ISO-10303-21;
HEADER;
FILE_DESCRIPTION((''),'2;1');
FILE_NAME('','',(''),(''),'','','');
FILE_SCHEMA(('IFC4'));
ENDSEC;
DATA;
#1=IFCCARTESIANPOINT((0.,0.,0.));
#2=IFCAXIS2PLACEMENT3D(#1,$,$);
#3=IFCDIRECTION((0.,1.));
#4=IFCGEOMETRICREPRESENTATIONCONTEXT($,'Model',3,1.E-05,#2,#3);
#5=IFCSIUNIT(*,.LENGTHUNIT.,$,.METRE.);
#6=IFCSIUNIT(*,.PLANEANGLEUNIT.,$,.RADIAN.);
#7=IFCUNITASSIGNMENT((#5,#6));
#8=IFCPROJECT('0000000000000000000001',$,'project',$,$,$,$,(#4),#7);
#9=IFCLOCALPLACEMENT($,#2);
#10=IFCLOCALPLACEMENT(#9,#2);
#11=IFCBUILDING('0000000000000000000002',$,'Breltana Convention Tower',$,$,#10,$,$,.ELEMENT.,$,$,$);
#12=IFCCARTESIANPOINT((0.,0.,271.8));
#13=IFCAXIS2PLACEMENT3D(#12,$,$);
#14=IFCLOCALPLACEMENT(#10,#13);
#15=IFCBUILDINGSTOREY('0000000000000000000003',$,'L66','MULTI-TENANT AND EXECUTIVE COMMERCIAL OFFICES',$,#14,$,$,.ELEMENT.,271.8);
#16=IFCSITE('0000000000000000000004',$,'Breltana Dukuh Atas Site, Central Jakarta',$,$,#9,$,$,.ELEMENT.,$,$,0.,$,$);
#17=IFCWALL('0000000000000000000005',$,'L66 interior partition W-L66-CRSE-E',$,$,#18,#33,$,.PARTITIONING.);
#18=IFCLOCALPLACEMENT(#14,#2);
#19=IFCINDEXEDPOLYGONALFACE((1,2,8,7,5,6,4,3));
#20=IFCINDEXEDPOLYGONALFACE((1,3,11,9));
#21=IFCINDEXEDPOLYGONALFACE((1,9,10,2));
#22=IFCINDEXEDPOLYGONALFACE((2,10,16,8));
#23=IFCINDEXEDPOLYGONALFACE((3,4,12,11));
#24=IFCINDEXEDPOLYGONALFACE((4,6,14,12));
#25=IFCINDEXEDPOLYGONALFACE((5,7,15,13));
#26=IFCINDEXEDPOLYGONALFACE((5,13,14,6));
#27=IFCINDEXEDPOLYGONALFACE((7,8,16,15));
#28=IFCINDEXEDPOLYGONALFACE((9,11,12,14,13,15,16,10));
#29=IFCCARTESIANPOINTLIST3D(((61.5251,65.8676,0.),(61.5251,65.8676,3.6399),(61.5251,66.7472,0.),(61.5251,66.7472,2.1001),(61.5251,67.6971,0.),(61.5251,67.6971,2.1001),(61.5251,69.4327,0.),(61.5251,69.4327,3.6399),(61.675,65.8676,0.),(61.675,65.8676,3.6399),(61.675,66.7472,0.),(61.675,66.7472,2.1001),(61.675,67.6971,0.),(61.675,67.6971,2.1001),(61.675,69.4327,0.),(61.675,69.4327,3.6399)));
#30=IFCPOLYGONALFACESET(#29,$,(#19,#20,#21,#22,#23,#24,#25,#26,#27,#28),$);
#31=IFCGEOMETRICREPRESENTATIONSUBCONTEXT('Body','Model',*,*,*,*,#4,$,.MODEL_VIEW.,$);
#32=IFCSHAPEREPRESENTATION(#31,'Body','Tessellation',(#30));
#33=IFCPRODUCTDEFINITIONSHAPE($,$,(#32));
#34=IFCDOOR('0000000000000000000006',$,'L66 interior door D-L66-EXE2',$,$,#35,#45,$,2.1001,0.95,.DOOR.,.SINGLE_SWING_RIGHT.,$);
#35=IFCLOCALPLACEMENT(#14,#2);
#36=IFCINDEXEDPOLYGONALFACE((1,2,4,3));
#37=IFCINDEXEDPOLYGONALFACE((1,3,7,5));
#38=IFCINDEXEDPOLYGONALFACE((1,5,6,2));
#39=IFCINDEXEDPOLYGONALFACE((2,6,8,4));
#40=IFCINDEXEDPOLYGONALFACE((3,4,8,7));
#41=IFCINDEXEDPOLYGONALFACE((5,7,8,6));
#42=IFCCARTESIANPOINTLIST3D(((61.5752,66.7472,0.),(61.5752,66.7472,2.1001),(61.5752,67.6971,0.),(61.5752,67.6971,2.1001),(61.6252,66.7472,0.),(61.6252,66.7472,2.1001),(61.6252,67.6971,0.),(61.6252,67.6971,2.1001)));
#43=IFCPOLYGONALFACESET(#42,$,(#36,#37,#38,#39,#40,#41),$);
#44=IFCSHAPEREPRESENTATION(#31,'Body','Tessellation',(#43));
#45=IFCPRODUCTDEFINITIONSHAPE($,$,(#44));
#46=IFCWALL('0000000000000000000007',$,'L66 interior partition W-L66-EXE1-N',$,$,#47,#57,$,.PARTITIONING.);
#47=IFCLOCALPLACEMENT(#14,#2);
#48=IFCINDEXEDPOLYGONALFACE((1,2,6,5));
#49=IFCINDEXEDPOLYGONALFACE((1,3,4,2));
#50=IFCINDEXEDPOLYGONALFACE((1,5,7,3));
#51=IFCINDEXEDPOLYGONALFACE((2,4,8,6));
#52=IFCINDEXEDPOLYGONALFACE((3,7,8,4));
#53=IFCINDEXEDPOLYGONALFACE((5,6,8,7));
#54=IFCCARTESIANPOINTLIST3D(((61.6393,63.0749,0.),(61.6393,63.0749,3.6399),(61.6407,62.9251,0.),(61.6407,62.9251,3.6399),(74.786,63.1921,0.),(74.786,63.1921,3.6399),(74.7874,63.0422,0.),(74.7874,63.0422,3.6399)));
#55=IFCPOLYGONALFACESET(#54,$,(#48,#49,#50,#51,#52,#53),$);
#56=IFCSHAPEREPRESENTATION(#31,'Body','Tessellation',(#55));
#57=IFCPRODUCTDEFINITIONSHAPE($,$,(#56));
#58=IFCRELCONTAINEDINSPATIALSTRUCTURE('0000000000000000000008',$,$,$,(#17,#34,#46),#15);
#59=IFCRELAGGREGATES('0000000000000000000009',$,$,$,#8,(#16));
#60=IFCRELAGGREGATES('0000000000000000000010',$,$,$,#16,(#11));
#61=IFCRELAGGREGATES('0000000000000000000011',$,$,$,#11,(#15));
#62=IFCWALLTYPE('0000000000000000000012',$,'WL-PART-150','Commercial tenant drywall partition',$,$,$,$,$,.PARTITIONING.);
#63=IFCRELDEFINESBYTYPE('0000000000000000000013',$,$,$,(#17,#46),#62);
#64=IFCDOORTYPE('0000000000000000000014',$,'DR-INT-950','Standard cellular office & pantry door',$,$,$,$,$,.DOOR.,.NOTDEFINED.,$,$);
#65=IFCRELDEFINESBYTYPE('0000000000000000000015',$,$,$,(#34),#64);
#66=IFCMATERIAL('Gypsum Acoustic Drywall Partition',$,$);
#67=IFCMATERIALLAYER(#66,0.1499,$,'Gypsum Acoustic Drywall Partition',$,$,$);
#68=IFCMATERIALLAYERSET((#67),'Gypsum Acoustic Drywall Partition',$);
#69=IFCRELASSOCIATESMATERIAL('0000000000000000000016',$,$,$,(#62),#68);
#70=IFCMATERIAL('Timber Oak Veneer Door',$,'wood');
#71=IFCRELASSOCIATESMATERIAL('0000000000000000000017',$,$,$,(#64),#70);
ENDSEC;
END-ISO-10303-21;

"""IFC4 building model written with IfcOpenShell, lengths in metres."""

from ifc_helpers import new_model, si_unit, direction, frame, frame_2d, origin, place, context, subcontext, project, spatial, rectangle, extrude, source, transform, mapped, material, layer, layer_set, type_object, type_shapes, element, fill, save


model = new_model("IFC4")

# Units and contexts
model_context = context("Model", 3, precision=1e-05, world=origin(), true_north=direction((0.0, 1.0)))
body_context = subcontext(model_context, "Body", "Model", "MODEL_VIEW")
ifc_project = project(units=[si_unit("LENGTHUNIT", "METRE"), si_unit("PLANEANGLEUNIT", "RADIAN")], contexts=[model_context])

# Site, building, storey
site_placement = place(None, origin())
site = spatial("IfcSite", under=ifc_project, at=site_placement, Name="Breltana Dukuh Atas Site, Central Jakarta", CompositionType="ELEMENT", RefElevation=0.0)
building_placement = place(site_placement, origin())
building = spatial("IfcBuilding", under=site, at=building_placement, Name="Breltana Convention Tower", CompositionType="ELEMENT")
storey_placement = place(building_placement, frame((0.0, 0.0, 271.8)))
storey = spatial("IfcBuildingStorey", under=building, at=storey_placement, Name="L66", Description="MULTI-TENANT AND EXECUTIVE COMMERCIAL OFFICES", CompositionType="ELEMENT", Elevation=271.8)

# Shared definitions
ifc_material_1 = material(Name="Gypsum Acoustic Drywall Partition")
ifc_layer_1 = layer(ifc_material_1, 0.1499, Name="Gypsum Acoustic Drywall Partition")
ifc_layer_set_1 = layer_set([ifc_layer_1], Name="Gypsum Acoustic Drywall Partition")
wall_type_1 = type_object("IfcWallType", Name="WL-PART-150", Description="Commercial tenant drywall partition", PredefinedType="PARTITIONING", material=ifc_layer_set_1)

# Wall, opening, door
shared_shape_1 = source(origin(), body_context, "Body", "SweptSolid", [
    extrude(rectangle(XDim=3.5652, YDim=0.1499, at=frame_2d((1.7827, 0.0))), origin(), (0.0, 0.0, 1.0), 3.6399),
])
wall_1_placement = place(storey_placement, frame((61.6001, 65.8674, 0.0), z_axis=(0.0, 0.0, 1.0), x_axis=(0.0, 1.0, 0.0)))
wall_1 = element("IfcWall", 1, at=wall_1_placement, inside=storey, type_object=wall_type_1, Name="L66 interior partition W-L66-CRSE-E", PredefinedType="PARTITIONING", context=body_context, shape_type="MappedRepresentation", body=[
    mapped(shared_shape_1, transform((0.0, 0.0, 0.0), scale=1.0)),
])
opening_1_placement = place(wall_1_placement, frame((0.8796, 0.0, 0.0)))
opening_1 = element("IfcOpeningElement", 2, at=opening_1_placement, cuts=wall_1, PredefinedType="OPENING", context=body_context, shape_type="SweptSolid", body=[
    extrude(rectangle(XDim=0.95, YDim=2.1001, at=frame_2d((0.4751, 1.05))), frame((0.0, 0.085, 0.0), z_axis=(0.0, -1.0, 0.0), x_axis=(1.0, 0.0, 0.0)), (0.0, 0.0, 1.0), 0.1699),
])
ifc_material_2 = material(Name="Timber Oak Veneer Door", Category="wood")
door_type_1 = type_object("IfcDoorType", Name="DR-INT-950", Description="Standard cellular office & pantry door", OperationType="NOTDEFINED", PredefinedType="DOOR", material=ifc_material_2)
shared_shape_2 = source(origin(), body_context, "Body", "SweptSolid", [
    extrude(rectangle(XDim=0.95, YDim=2.1001, at=frame_2d((0.4751, 1.05))), frame((0.0, 0.0249, 0.0), z_axis=(0.0, -1.0, 0.0), x_axis=(1.0, 0.0, 0.0)), (0.0, 0.0, 1.0), 0.05),
])
type_shapes(door_type_1, [shared_shape_2])
door_1_placement = place(opening_1_placement, origin())
door_1 = element("IfcDoor", 3, at=door_1_placement, inside=storey, type_object=door_type_1, Name="L66 interior door D-L66-EXE2", OperationType="SINGLE_SWING_RIGHT", OverallHeight=2.1001, OverallWidth=0.95, PredefinedType="DOOR", context=body_context, shape_type="MappedRepresentation", body=[
    mapped(shared_shape_2, transform((0.0, 0.0, 0.0), scale=1.0)),
])
fill(opening_1, door_1)

# Wall
shared_shape_3 = source(origin(), body_context, "Body", "SweptSolid", [
    extrude(rectangle(XDim=13.1472, YDim=0.1499, at=frame_2d((6.5737, 0.0))), origin(), (0.0, 0.0, 1.0), 3.6399),
])
wall_2_placement = place(storey_placement, frame((61.6399, 63.0, 0.0), z_axis=(0.0, 0.0, 1.0), x_axis=(0.99996, 0.008913, 0.0)))
element("IfcWall", 4, at=wall_2_placement, inside=storey, type_object=wall_type_1, Name="L66 interior partition W-L66-EXE1-N", PredefinedType="PARTITIONING", context=body_context, shape_type="MappedRepresentation", body=[
    mapped(shared_shape_3, transform((0.0, 0.0, 0.0), scale=1.0)),
])

save(model, "model.ifc")
